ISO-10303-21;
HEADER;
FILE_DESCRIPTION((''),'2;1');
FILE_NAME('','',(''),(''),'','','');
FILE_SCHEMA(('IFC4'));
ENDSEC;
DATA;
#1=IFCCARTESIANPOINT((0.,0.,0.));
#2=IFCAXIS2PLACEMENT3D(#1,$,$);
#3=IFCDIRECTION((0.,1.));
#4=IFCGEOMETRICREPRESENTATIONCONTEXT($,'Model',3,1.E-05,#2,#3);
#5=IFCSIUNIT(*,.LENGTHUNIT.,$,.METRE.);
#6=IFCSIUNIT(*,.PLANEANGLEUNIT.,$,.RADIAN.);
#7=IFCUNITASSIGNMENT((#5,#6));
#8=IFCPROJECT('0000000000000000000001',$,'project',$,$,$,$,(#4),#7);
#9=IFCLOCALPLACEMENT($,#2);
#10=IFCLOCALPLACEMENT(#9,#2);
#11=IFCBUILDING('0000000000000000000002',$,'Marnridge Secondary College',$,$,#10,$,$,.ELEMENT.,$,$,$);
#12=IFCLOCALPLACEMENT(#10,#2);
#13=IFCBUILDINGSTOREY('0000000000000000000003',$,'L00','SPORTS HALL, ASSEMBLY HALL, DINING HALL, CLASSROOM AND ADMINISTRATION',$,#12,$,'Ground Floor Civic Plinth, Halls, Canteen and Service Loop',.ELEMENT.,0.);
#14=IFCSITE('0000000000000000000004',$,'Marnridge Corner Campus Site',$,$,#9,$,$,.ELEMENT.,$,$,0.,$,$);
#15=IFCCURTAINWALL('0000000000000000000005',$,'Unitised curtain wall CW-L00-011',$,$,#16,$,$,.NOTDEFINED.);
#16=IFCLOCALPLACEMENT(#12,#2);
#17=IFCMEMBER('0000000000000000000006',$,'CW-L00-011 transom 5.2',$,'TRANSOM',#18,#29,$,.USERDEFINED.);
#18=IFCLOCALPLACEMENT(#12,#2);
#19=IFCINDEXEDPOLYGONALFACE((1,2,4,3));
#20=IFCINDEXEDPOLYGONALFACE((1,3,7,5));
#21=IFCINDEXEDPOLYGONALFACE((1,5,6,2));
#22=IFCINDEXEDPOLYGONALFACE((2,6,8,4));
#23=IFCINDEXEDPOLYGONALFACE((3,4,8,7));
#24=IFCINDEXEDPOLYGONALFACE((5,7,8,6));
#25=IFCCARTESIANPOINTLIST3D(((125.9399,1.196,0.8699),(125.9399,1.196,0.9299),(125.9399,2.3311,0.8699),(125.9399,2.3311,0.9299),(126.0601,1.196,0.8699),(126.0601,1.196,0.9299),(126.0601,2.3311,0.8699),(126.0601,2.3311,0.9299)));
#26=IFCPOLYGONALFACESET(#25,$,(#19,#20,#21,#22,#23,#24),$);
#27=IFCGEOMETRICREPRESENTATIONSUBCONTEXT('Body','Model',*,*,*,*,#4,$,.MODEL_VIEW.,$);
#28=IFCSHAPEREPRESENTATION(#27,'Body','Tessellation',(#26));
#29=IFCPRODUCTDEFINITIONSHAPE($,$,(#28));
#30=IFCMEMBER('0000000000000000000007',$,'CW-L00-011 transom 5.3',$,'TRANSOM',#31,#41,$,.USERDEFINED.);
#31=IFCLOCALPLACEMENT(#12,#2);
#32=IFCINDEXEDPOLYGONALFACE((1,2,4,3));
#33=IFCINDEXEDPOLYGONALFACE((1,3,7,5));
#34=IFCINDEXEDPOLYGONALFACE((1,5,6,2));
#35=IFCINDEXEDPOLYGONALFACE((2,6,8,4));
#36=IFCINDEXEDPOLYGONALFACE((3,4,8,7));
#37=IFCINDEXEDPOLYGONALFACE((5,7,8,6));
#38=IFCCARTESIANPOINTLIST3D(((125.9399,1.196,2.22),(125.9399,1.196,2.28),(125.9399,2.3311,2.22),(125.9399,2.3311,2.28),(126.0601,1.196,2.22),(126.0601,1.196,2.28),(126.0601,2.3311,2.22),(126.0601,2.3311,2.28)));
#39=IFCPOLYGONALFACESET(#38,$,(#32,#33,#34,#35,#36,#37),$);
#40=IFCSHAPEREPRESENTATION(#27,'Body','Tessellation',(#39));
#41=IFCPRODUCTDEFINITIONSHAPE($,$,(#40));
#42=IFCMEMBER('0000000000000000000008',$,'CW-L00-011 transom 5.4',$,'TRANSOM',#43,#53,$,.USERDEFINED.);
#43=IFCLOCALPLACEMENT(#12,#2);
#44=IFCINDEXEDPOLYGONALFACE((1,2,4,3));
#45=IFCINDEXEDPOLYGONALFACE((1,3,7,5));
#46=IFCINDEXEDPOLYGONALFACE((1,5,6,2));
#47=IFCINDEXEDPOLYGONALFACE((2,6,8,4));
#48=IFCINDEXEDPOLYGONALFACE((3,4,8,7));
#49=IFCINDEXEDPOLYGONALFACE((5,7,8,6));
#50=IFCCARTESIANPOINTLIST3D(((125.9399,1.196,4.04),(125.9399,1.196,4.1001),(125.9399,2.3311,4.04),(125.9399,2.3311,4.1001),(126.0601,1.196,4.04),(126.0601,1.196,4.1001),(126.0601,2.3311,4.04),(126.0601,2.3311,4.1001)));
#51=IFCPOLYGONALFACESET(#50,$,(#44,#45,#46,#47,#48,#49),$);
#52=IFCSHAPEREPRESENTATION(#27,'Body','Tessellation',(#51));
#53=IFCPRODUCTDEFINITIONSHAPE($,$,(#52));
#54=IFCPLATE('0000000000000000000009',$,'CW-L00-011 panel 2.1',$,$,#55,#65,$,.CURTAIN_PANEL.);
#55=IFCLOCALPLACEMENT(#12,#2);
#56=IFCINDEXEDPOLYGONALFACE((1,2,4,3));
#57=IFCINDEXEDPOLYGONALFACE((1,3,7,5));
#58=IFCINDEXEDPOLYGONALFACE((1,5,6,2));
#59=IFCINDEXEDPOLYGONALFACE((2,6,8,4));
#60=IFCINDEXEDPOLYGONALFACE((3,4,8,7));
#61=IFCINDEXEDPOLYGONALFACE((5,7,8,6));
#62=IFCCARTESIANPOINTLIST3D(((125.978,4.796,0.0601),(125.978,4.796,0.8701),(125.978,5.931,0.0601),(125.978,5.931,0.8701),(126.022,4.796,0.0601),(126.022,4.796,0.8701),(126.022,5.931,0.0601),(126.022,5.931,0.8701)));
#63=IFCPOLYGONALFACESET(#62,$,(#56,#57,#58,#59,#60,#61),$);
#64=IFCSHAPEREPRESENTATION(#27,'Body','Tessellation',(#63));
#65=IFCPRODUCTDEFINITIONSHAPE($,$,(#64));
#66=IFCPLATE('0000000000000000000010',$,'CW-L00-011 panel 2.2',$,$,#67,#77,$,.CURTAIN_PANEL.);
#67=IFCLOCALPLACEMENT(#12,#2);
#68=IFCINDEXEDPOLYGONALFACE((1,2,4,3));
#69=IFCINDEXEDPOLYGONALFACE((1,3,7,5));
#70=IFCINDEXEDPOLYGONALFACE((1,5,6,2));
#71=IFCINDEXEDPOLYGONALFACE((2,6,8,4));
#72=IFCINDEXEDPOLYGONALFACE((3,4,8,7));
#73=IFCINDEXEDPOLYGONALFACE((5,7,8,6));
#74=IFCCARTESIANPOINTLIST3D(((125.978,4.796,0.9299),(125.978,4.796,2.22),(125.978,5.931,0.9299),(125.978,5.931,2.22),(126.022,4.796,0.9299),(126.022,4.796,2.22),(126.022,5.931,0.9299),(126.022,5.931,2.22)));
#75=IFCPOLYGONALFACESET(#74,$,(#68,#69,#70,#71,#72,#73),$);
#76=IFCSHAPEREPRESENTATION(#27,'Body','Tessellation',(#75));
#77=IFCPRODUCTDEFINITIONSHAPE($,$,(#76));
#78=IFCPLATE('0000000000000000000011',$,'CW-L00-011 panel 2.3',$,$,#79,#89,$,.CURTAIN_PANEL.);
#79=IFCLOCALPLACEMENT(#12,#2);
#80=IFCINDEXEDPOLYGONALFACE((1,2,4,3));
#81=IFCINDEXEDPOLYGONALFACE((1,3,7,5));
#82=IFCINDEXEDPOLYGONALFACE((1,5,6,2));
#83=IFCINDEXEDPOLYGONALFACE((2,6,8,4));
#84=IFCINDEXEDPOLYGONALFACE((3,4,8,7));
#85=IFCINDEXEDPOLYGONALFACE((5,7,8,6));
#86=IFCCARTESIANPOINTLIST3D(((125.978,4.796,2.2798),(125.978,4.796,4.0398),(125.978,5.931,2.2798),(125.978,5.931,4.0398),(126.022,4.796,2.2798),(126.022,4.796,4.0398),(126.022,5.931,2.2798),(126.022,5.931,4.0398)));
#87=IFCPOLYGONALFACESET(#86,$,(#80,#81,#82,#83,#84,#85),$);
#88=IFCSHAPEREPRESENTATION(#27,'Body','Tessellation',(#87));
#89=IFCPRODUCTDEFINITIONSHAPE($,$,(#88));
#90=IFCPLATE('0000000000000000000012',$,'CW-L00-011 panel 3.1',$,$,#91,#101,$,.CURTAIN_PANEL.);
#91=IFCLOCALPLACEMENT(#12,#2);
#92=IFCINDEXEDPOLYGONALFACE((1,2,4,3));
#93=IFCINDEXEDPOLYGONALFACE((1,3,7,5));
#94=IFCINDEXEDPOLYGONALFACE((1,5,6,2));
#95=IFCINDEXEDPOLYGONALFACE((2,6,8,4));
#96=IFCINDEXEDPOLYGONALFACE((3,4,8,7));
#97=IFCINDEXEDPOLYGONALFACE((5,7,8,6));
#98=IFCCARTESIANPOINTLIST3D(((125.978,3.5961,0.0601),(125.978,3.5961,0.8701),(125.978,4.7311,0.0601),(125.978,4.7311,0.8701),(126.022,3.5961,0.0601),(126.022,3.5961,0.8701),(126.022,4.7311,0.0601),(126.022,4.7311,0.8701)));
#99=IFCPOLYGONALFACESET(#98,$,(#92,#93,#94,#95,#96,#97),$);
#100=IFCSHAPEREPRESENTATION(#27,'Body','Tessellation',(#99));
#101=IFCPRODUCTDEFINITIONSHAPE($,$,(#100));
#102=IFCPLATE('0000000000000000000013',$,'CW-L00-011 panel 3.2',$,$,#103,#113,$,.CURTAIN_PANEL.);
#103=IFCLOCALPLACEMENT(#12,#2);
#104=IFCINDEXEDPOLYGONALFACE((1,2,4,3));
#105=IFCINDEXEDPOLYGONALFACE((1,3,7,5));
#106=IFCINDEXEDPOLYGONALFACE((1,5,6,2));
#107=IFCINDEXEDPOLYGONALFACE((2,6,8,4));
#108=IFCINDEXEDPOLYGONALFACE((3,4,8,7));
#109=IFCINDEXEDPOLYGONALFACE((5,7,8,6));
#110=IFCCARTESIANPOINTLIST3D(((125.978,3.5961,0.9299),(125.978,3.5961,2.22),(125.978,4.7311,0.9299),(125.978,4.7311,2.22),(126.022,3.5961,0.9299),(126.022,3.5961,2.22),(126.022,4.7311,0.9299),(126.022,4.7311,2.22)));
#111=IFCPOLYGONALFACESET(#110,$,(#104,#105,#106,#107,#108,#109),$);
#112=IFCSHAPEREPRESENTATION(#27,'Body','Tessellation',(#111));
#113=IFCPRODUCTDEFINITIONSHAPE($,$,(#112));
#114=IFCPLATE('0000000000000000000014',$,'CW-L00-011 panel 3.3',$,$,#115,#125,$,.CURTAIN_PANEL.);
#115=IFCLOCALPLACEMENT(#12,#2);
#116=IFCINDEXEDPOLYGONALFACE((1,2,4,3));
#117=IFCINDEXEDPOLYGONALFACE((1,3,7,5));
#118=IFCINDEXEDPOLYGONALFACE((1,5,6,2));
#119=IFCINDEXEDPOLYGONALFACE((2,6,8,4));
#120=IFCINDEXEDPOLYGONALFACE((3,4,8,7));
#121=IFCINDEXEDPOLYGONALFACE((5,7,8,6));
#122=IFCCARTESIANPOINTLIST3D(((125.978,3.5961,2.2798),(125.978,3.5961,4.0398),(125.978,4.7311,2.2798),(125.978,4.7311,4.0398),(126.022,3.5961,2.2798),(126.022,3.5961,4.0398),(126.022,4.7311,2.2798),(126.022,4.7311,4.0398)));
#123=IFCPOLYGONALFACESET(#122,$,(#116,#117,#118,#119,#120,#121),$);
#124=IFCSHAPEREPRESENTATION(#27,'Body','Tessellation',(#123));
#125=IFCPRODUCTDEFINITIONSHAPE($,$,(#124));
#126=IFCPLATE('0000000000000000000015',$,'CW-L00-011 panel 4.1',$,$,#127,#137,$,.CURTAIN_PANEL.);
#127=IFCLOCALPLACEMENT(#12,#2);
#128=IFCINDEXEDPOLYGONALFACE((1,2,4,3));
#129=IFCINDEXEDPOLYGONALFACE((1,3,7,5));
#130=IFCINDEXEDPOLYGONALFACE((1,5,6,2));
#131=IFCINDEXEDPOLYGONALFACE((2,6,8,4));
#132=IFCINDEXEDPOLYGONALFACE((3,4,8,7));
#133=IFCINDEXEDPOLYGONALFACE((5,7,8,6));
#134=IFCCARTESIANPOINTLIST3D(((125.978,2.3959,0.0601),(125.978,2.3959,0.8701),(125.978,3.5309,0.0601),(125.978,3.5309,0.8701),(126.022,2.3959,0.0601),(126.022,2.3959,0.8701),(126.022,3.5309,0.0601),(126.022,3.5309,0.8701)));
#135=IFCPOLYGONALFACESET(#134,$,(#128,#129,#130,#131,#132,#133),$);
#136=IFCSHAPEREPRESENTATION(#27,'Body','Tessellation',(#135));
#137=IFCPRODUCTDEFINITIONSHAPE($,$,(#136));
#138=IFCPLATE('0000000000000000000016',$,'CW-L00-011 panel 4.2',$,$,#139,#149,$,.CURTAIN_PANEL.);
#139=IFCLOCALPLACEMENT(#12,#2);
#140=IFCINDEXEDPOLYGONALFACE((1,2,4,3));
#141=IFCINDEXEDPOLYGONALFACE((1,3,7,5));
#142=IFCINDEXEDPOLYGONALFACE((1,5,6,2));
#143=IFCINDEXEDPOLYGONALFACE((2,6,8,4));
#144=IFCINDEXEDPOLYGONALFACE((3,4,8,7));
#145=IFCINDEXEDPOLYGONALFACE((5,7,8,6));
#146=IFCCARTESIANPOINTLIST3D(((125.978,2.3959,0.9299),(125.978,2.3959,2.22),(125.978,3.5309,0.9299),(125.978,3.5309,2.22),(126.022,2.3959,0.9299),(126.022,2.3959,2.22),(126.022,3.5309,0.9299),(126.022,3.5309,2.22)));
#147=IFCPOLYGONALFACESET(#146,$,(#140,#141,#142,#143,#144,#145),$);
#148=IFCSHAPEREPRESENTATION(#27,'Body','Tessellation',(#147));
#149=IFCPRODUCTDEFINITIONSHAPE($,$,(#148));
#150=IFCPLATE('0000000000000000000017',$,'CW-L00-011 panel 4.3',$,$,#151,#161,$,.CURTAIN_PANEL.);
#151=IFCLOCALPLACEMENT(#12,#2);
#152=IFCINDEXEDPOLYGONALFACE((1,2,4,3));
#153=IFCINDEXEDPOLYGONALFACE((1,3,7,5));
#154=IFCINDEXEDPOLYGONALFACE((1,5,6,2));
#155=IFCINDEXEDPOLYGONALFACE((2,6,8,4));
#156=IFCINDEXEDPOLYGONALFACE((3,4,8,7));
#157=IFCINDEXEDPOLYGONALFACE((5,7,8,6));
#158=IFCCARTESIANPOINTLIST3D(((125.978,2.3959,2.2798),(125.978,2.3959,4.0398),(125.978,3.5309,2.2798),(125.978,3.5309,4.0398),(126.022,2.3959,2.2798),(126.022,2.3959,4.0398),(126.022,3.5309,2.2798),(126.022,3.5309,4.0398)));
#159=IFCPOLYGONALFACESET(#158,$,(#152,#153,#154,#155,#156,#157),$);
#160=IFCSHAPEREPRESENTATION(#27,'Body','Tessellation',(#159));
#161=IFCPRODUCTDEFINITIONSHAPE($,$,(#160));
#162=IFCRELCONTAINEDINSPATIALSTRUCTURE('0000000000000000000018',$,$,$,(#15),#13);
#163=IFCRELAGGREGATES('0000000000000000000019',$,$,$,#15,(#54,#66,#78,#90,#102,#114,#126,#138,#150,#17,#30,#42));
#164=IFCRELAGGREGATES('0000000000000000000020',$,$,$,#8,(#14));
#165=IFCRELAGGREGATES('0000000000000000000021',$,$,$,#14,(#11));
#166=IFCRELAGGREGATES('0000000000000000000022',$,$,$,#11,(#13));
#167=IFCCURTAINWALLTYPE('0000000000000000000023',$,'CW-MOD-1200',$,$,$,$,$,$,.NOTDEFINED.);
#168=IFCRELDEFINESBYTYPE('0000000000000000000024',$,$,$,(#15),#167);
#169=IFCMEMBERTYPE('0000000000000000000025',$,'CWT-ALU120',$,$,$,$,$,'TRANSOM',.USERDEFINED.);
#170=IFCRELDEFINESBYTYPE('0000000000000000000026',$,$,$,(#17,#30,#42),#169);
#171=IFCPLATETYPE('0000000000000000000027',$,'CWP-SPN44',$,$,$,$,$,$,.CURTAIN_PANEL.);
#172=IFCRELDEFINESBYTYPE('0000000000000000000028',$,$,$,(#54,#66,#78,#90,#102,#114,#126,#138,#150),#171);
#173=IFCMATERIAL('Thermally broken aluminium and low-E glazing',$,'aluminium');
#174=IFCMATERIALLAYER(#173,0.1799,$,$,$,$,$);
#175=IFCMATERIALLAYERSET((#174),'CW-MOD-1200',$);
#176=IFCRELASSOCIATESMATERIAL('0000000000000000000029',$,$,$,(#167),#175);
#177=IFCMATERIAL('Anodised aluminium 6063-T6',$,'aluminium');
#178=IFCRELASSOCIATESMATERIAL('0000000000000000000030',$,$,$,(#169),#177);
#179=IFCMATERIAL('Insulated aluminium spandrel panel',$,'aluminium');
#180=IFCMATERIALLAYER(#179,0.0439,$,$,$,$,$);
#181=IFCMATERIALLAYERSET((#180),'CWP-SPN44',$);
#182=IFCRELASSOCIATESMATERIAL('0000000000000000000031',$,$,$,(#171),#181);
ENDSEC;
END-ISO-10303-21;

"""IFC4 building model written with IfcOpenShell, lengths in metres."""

from ifc_helpers import new_model, si_unit, direction, frame, origin, origin_2d, place, context, subcontext, project, spatial, rectangle, extrude, material, layer, layer_set, material_profile, profile_set, type_object, element, aggregate, save


model = new_model("IFC4")

# Units and contexts
model_context = context("Model", 3, precision=1e-05, world=origin(), true_north=direction((0.0, 1.0)))
body_context = subcontext(model_context, "Body", "Model", "MODEL_VIEW")
ifc_project = project(units=[si_unit("LENGTHUNIT", "METRE"), si_unit("PLANEANGLEUNIT", "RADIAN")], contexts=[model_context])

# Site, building, storey
site_placement = place(None, origin())
site = spatial("IfcSite", under=ifc_project, at=site_placement, Name="Marnridge Corner Campus Site", CompositionType="ELEMENT", RefElevation=0.0)
building_placement = place(site_placement, origin())
building = spatial("IfcBuilding", under=site, at=building_placement, Name="Marnridge Secondary College", CompositionType="ELEMENT")
storey_placement = place(building_placement, origin())
storey = spatial("IfcBuildingStorey", under=building, at=storey_placement, Name="L00", Description="SPORTS HALL, ASSEMBLY HALL, DINING HALL, CLASSROOM AND ADMINISTRATION", LongName="Ground Floor Civic Plinth, Halls, Canteen and Service Loop", CompositionType="ELEMENT", Elevation=0.0)

# Curtain wall, members, plates
ifc_material_1 = material(Name="Thermally broken aluminium and low-E glazing", Category="aluminium")
ifc_layer_1 = layer(ifc_material_1, 0.1799)
ifc_layer_set_1 = layer_set([ifc_layer_1], Name="CW-MOD-1200")
curtain_wall_type = type_object("IfcCurtainWallType", Name="CW-MOD-1200", PredefinedType="NOTDEFINED", material=ifc_layer_set_1)
curtain_wall_placement = place(storey_placement, origin())
curtain_wall = element("IfcCurtainWall", 1, at=curtain_wall_placement, inside=storey, type_object=curtain_wall_type, Name="Unitised curtain wall CW-L00-011", PredefinedType="NOTDEFINED")
ifc_material_2 = material(Name="Anodised aluminium 6063-T6", Category="aluminium")
ifc_material_profile_1 = material_profile(ifc_material_2, rectangle(XDim=0.0601, YDim=0.1201, at=origin_2d()), Name="ALU 60x120")
ifc_profile_set_1 = profile_set([ifc_material_profile_1], Name="Anodised aluminium 6063-T6")
member_type_1 = type_object("IfcMemberType", Name="CWT-ALU120", ElementType="TRANSOM", PredefinedType="USERDEFINED", material=ifc_profile_set_1)
member_1_placement = place(storey_placement, frame((126.0, 2.3311, 0.8999), z_axis=(0.0, -1.0, 0.0), x_axis=(0.0, 0.0, 1.0)))
member_1 = element("IfcMember", 2, at=member_1_placement, type_object=member_type_1, Name="CW-L00-011 transom 5.2", ObjectType="TRANSOM", PredefinedType="USERDEFINED", context=body_context, shape_type="SweptSolid", body=[
    extrude(rectangle(XDim=0.0601, YDim=0.1201, at=origin_2d()), origin(), (0.0, 0.0, 1.0), 1.135),
])
member_2_placement = place(storey_placement, frame((126.0, 2.3311, 2.25), z_axis=(0.0, -1.0, 0.0), x_axis=(0.0, 0.0, 1.0)))
member_2 = element("IfcMember", 3, at=member_2_placement, type_object=member_type_1, Name="CW-L00-011 transom 5.3", ObjectType="TRANSOM", PredefinedType="USERDEFINED", context=body_context, shape_type="SweptSolid", body=[
    extrude(rectangle(XDim=0.0601, YDim=0.1201, at=origin_2d()), origin(), (0.0, 0.0, 1.0), 1.135),
])
member_3_placement = place(storey_placement, frame((126.0, 2.3311, 4.0701), z_axis=(0.0, -1.0, 0.0), x_axis=(0.0, 0.0, 1.0)))
member_3 = element("IfcMember", 4, at=member_3_placement, type_object=member_type_1, Name="CW-L00-011 transom 5.4", ObjectType="TRANSOM", PredefinedType="USERDEFINED", context=body_context, shape_type="SweptSolid", body=[
    extrude(rectangle(XDim=0.0601, YDim=0.1201, at=origin_2d()), origin(), (0.0, 0.0, 1.0), 1.135),
])
ifc_material_3 = material(Name="Insulated aluminium spandrel panel", Category="aluminium")
ifc_layer_2 = layer(ifc_material_3, 0.0439)
ifc_layer_set_2 = layer_set([ifc_layer_2], Name="CWP-SPN44")
plate_type = type_object("IfcPlateType", Name="CWP-SPN44", PredefinedType="CURTAIN_PANEL", material=ifc_layer_set_2)
plate_1_placement = place(storey_placement, frame((126.0, 5.3635, 0.0601), z_axis=(0.0, 0.0, 1.0), x_axis=(0.0, -1.0, 0.0)))
plate_1 = element("IfcPlate", 5, at=plate_1_placement, type_object=plate_type, Name="CW-L00-011 panel 2.1", PredefinedType="CURTAIN_PANEL", context=body_context, shape_type="SweptSolid", body=[
    extrude(rectangle(XDim=1.135, YDim=0.0439, at=origin_2d()), origin(), (0.0, 0.0, 1.0), 0.8101),
])
plate_2_placement = place(storey_placement, frame((126.0, 5.3635, 0.9299), z_axis=(0.0, 0.0, 1.0), x_axis=(0.0, -1.0, 0.0)))
plate_2 = element("IfcPlate", 6, at=plate_2_placement, type_object=plate_type, Name="CW-L00-011 panel 2.2", PredefinedType="CURTAIN_PANEL", context=body_context, shape_type="SweptSolid", body=[
    extrude(rectangle(XDim=1.135, YDim=0.0439, at=origin_2d()), origin(), (0.0, 0.0, 1.0), 1.29),
])
plate_3_placement = place(storey_placement, frame((126.0, 5.3635, 2.2798), z_axis=(0.0, 0.0, 1.0), x_axis=(0.0, -1.0, 0.0)))
plate_3 = element("IfcPlate", 7, at=plate_3_placement, type_object=plate_type, Name="CW-L00-011 panel 2.3", PredefinedType="CURTAIN_PANEL", context=body_context, shape_type="SweptSolid", body=[
    extrude(rectangle(XDim=1.135, YDim=0.0439, at=origin_2d()), origin(), (0.0, 0.0, 1.0), 1.76),
])
plate_4_placement = place(storey_placement, frame((126.0, 4.1636, 0.0601), z_axis=(0.0, 0.0, 1.0), x_axis=(0.0, -1.0, 0.0)))
plate_4 = element("IfcPlate", 8, at=plate_4_placement, type_object=plate_type, Name="CW-L00-011 panel 3.1", PredefinedType="CURTAIN_PANEL", context=body_context, shape_type="SweptSolid", body=[
    extrude(rectangle(XDim=1.135, YDim=0.0439, at=origin_2d()), origin(), (0.0, 0.0, 1.0), 0.8101),
])
plate_5_placement = place(storey_placement, frame((126.0, 4.1636, 0.9299), z_axis=(0.0, 0.0, 1.0), x_axis=(0.0, -1.0, 0.0)))
plate_5 = element("IfcPlate", 9, at=plate_5_placement, type_object=plate_type, Name="CW-L00-011 panel 3.2", PredefinedType="CURTAIN_PANEL", context=body_context, shape_type="SweptSolid", body=[
    extrude(rectangle(XDim=1.135, YDim=0.0439, at=origin_2d()), origin(), (0.0, 0.0, 1.0), 1.29),
])
plate_6_placement = place(storey_placement, frame((126.0, 4.1636, 2.2798), z_axis=(0.0, 0.0, 1.0), x_axis=(0.0, -1.0, 0.0)))
plate_6 = element("IfcPlate", 10, at=plate_6_placement, type_object=plate_type, Name="CW-L00-011 panel 3.3", PredefinedType="CURTAIN_PANEL", context=body_context, shape_type="SweptSolid", body=[
    extrude(rectangle(XDim=1.135, YDim=0.0439, at=origin_2d()), origin(), (0.0, 0.0, 1.0), 1.76),
])
plate_7_placement = place(storey_placement, frame((126.0, 2.9634, 0.0601), z_axis=(0.0, 0.0, 1.0), x_axis=(0.0, -1.0, 0.0)))
plate_7 = element("IfcPlate", 11, at=plate_7_placement, type_object=plate_type, Name="CW-L00-011 panel 4.1", PredefinedType="CURTAIN_PANEL", context=body_context, shape_type="SweptSolid", body=[
    extrude(rectangle(XDim=1.135, YDim=0.0439, at=origin_2d()), origin(), (0.0, 0.0, 1.0), 0.8101),
])
plate_8_placement = place(storey_placement, frame((126.0, 2.9634, 0.9299), z_axis=(0.0, 0.0, 1.0), x_axis=(0.0, -1.0, 0.0)))
plate_8 = element("IfcPlate", 12, at=plate_8_placement, type_object=plate_type, Name="CW-L00-011 panel 4.2", PredefinedType="CURTAIN_PANEL", context=body_context, shape_type="SweptSolid", body=[
    extrude(rectangle(XDim=1.135, YDim=0.0439, at=origin_2d()), origin(), (0.0, 0.0, 1.0), 1.29),
])
plate_9_placement = place(storey_placement, frame((126.0, 2.9634, 2.2798), z_axis=(0.0, 0.0, 1.0), x_axis=(0.0, -1.0, 0.0)))
plate_9 = element("IfcPlate", 13, at=plate_9_placement, type_object=plate_type, Name="CW-L00-011 panel 4.3", PredefinedType="CURTAIN_PANEL", context=body_context, shape_type="SweptSolid", body=[
    extrude(rectangle(XDim=1.135, YDim=0.0439, at=origin_2d()), origin(), (0.0, 0.0, 1.0), 1.76),
])
aggregate(curtain_wall, [plate_1, plate_2, plate_3, plate_4, plate_5, plate_6, plate_7, plate_8, plate_9, member_1, member_2, member_3])

save(model, "model.ifc")
